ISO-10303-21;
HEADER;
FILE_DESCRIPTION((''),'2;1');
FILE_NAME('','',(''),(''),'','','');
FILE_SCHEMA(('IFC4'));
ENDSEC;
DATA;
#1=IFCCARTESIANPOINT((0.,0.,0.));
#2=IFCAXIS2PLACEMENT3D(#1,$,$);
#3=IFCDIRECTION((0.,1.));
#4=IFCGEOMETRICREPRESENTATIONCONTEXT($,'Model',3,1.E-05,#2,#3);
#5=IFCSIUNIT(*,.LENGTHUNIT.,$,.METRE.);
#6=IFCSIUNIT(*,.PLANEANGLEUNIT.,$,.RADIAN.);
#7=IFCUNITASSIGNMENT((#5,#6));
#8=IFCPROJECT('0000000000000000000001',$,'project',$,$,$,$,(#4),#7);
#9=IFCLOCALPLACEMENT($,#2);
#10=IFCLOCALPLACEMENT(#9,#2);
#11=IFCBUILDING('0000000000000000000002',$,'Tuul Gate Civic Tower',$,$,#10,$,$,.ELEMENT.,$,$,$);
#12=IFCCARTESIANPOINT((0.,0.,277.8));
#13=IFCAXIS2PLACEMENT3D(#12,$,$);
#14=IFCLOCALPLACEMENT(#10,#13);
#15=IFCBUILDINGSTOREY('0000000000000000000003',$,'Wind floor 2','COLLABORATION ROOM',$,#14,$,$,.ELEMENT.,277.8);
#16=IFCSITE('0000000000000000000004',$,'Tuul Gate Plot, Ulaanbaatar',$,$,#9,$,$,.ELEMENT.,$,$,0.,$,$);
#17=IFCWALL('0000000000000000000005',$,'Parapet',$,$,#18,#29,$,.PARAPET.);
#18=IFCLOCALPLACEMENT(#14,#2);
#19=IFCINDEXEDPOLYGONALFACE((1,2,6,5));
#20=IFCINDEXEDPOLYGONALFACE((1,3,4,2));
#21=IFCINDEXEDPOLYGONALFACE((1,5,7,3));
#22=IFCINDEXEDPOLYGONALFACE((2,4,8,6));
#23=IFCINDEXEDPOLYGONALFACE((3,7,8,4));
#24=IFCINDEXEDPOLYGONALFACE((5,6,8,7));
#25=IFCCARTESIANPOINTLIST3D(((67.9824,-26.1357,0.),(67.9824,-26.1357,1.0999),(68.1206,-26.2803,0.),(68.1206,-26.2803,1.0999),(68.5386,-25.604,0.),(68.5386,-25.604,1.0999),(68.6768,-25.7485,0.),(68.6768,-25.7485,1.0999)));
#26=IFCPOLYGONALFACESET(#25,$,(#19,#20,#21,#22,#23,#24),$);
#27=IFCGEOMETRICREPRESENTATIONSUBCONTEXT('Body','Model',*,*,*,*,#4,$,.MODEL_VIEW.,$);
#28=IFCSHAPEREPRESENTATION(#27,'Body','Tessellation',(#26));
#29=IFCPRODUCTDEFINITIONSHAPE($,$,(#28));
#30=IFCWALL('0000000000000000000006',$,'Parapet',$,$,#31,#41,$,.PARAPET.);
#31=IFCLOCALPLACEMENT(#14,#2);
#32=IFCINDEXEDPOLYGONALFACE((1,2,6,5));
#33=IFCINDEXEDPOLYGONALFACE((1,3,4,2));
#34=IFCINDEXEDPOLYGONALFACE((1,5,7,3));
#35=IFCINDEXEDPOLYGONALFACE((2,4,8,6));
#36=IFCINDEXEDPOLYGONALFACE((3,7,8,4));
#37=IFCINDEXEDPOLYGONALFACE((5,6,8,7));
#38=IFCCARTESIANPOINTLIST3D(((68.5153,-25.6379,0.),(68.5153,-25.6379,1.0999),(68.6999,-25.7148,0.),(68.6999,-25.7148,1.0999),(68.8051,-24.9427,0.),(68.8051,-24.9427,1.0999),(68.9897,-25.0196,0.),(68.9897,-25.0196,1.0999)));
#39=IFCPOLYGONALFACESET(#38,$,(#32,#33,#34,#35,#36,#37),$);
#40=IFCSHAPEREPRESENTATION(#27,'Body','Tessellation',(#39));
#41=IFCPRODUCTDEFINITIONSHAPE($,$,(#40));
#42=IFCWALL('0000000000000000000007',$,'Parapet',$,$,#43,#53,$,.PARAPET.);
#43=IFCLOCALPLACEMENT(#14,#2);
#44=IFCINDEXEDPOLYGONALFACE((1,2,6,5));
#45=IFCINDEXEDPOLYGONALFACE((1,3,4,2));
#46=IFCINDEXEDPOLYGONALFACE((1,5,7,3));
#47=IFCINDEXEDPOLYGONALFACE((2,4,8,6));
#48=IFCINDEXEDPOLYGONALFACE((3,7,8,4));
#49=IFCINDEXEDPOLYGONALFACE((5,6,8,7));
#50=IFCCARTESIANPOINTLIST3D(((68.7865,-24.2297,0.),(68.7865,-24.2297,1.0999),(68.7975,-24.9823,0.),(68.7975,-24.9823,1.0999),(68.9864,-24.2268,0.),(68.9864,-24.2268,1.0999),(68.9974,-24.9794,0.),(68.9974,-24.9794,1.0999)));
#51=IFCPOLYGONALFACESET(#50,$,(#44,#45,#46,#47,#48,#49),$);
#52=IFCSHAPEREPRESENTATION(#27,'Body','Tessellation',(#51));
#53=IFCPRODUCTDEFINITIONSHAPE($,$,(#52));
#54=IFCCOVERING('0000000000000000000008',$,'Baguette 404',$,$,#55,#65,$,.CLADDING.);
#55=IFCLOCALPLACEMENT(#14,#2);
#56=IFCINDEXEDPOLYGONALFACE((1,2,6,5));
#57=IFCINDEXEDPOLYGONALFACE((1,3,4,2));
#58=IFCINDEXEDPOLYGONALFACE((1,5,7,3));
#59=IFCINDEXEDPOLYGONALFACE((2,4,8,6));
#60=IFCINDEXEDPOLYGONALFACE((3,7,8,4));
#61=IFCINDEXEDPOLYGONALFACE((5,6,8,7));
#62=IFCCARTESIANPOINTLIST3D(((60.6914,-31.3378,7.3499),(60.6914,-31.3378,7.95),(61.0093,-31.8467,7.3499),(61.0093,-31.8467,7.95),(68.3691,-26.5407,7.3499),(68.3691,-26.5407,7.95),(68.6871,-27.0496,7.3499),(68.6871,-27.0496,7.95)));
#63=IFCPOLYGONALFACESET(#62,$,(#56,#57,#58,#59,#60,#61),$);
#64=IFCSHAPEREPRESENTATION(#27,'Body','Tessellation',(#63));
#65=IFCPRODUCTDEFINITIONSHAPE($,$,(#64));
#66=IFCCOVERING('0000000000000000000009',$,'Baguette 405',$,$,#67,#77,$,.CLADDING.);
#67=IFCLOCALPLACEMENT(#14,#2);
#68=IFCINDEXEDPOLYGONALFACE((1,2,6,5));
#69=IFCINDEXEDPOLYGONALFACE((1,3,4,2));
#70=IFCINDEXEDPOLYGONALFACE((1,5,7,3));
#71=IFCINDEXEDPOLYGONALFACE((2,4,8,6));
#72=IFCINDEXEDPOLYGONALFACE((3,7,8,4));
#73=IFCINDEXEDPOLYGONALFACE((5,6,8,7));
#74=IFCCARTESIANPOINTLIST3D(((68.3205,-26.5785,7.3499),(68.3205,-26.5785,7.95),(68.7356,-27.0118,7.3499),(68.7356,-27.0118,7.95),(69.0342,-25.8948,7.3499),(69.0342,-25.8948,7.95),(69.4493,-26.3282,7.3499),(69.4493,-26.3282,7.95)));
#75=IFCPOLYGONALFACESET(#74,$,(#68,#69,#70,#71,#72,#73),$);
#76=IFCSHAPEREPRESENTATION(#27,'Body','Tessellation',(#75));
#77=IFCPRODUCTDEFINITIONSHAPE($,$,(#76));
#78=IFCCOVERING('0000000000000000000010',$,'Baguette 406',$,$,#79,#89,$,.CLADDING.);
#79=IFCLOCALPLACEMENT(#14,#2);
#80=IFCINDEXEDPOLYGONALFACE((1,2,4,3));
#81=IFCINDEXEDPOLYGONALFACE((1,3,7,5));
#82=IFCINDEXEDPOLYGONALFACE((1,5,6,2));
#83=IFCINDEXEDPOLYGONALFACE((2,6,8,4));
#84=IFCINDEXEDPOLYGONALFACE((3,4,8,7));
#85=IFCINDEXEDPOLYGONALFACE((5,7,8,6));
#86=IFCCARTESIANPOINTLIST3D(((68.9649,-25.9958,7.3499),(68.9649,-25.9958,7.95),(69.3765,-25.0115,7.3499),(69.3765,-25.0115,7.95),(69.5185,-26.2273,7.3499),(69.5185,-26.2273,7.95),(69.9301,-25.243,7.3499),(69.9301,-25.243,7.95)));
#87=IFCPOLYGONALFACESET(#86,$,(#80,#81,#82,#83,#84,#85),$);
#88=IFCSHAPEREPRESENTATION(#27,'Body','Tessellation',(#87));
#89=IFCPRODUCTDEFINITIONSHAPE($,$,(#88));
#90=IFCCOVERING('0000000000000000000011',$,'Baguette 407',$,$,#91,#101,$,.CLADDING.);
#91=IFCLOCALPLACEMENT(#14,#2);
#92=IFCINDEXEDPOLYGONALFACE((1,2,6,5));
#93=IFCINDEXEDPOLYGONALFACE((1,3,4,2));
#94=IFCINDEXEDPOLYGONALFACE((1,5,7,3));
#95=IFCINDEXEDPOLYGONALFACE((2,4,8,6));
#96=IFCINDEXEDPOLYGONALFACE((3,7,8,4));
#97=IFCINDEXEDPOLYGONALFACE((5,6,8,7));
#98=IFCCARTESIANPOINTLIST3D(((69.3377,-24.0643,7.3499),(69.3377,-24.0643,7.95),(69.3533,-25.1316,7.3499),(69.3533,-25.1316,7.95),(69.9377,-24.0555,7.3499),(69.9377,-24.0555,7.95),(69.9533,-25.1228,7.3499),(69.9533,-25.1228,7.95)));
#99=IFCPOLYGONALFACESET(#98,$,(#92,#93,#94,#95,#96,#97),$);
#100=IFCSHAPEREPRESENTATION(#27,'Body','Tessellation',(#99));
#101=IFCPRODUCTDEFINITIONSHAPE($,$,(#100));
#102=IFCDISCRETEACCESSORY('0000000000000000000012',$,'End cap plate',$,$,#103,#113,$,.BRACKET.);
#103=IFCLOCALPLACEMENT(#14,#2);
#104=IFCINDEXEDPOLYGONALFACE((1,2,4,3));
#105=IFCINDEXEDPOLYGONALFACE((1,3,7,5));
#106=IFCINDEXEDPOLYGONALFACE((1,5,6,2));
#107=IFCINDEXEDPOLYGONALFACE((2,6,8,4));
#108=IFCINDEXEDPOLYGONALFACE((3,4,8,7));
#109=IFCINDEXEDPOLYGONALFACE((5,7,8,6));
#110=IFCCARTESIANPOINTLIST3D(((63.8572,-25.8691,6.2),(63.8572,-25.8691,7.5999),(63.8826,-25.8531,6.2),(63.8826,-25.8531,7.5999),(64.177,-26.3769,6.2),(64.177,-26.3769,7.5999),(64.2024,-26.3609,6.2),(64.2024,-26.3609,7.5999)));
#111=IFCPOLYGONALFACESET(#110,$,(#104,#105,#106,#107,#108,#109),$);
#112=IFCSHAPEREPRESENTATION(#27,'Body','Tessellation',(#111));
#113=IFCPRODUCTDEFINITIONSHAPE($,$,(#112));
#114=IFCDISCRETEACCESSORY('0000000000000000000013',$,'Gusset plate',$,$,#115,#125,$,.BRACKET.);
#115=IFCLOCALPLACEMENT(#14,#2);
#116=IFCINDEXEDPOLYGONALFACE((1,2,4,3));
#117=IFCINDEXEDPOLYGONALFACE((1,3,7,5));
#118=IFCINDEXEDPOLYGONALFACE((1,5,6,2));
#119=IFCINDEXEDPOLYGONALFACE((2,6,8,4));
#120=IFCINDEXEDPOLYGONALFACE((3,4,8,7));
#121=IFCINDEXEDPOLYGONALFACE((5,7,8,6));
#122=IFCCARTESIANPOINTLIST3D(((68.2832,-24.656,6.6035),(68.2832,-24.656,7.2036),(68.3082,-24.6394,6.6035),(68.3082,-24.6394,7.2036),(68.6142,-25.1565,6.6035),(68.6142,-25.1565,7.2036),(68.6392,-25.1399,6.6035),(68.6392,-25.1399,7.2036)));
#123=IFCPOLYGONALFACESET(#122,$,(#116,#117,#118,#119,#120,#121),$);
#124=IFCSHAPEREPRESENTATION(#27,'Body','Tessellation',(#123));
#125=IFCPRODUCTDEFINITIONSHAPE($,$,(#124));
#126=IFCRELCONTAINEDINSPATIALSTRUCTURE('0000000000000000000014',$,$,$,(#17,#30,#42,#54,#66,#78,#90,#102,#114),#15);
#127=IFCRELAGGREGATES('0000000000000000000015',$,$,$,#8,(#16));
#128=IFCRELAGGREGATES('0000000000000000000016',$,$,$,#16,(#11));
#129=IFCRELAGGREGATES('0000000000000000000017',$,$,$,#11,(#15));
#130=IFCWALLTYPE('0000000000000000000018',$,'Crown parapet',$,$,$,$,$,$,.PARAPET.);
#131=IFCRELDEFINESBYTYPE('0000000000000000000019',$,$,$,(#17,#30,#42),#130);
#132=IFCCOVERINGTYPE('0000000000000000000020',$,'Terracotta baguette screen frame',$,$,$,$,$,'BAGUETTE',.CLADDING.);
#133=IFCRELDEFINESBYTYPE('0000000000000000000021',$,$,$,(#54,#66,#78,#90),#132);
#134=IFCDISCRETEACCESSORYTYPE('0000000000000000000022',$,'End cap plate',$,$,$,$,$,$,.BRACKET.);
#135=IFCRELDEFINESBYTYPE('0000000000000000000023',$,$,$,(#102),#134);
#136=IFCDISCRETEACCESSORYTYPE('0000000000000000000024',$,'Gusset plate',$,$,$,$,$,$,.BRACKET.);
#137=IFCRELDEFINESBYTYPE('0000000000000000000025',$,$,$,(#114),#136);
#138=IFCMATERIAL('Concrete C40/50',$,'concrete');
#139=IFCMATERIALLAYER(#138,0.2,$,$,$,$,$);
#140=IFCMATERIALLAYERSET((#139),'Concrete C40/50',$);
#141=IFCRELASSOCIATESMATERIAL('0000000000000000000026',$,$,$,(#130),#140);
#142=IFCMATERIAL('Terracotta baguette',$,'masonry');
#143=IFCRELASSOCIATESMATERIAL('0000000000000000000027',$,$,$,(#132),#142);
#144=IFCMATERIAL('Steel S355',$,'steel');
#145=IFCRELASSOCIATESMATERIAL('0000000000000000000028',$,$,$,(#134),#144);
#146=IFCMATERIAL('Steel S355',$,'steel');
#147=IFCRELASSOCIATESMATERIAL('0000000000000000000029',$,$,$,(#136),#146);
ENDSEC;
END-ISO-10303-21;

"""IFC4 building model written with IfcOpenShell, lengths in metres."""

from ifc_helpers import new_model, si_unit, direction, frame, frame_2d, origin, origin_2d, place, context, subcontext, project, spatial, rectangle, extrude, material, layer, layer_set, material_profile, profile_set, type_object, element, save


model = new_model("IFC4")

# Units and contexts
model_context = context("Model", 3, precision=1e-05, world=origin(), true_north=direction((0.0, 1.0)))
body_context = subcontext(model_context, "Body", "Model", "MODEL_VIEW")
ifc_project = project(units=[si_unit("LENGTHUNIT", "METRE"), si_unit("PLANEANGLEUNIT", "RADIAN")], contexts=[model_context])

# Site, building, storey
site_placement = place(None, origin())
site = spatial("IfcSite", under=ifc_project, at=site_placement, Name="Tuul Gate Plot, Ulaanbaatar", CompositionType="ELEMENT", RefElevation=0.0)
building_placement = place(site_placement, origin())
building = spatial("IfcBuilding", under=site, at=building_placement, Name="Tuul Gate Civic Tower", CompositionType="ELEMENT")
storey_placement = place(building_placement, frame((0.0, 0.0, 277.8)))
storey = spatial("IfcBuildingStorey", under=building, at=storey_placement, Name="Wind floor 2", Description="COLLABORATION ROOM", CompositionType="ELEMENT", Elevation=277.8)

# Walls
ifc_material_1 = material(Name="Concrete C40/50", Category="concrete")
ifc_layer = layer(ifc_material_1, 0.2)
ifc_layer_set = layer_set([ifc_layer], Name="Concrete C40/50")
wall_type = type_object("IfcWallType", Name="Crown parapet", PredefinedType="PARAPET", material=ifc_layer_set)
wall_1_placement = place(storey_placement, frame((68.0515, -26.208, 0.0), z_axis=(0.0, 0.0, 1.0), x_axis=(0.722793, 0.691064, 0.0)))
element("IfcWall", 1, at=wall_1_placement, inside=storey, type_object=wall_type, Name="Parapet", PredefinedType="PARAPET", context=body_context, shape_type="SweptSolid", body=[
    extrude(rectangle(XDim=0.7695, YDim=0.2, at=frame_2d((0.3848, 0.0))), origin(), (0.0, 0.0, 1.0), 1.0999),
])
wall_2_placement = place(storey_placement, frame((68.6077, -25.6763, 0.0), z_axis=(0.0, 0.0, 1.0), x_axis=(0.384707, 0.923039, 0.0)))
element("IfcWall", 2, at=wall_2_placement, inside=storey, type_object=wall_type, Name="Parapet", PredefinedType="PARAPET", context=body_context, shape_type="SweptSolid", body=[
    extrude(rectangle(XDim=0.7532, YDim=0.2, at=frame_2d((0.3765, 0.0))), origin(), (0.0, 0.0, 1.0), 1.0999),
])
wall_3_placement = place(storey_placement, frame((68.8975, -24.981, 0.0), z_axis=(0.0, 0.0, 1.0), x_axis=(-0.014595, 0.999893, 0.0)))
element("IfcWall", 3, at=wall_3_placement, inside=storey, type_object=wall_type, Name="Parapet", PredefinedType="PARAPET", context=body_context, shape_type="SweptSolid", body=[
    extrude(rectangle(XDim=0.7527, YDim=0.2, at=frame_2d((0.3765, 0.0))), origin(), (0.0, 0.0, 1.0), 1.0999),
])

# Coverings
ifc_material_2 = material(Name="Terracotta baguette", Category="masonry")
ifc_material_profile_1 = material_profile(ifc_material_2, rectangle(XDim=0.6001, YDim=0.6001, at=origin_2d()), Name="Terracotta baguette screen frame")
ifc_profile_set_1 = profile_set([ifc_material_profile_1], Name="Terracotta baguette")
covering_type = type_object("IfcCoveringType", Name="Terracotta baguette screen frame", ElementType="BAGUETTE", PredefinedType="CLADDING", material=ifc_profile_set_1)
covering_1_placement = place(storey_placement, frame((60.8503, -31.5923, 7.6499), z_axis=(0.848071, 0.529883, 0.0), x_axis=(-0.529883, 0.848071, 0.0)))
element("IfcCovering", 4, at=covering_1_placement, inside=storey, type_object=covering_type, Name="Baguette 404", PredefinedType="CLADDING", context=body_context, shape_type="SweptSolid", body=[
    extrude(rectangle(XDim=0.6001, YDim=0.6001, at=origin_2d()), origin(), (0.0, 0.0, 1.0), 9.0532),
])
covering_2_placement = place(storey_placement, frame((68.5281, -26.7952, 7.6499), z_axis=(0.722137, 0.69175, 0.0), x_axis=(-0.69175, 0.722137, 0.0)))
element("IfcCovering", 5, at=covering_2_placement, inside=storey, type_object=covering_type, Name="Baguette 405", PredefinedType="CLADDING", context=body_context, shape_type="SweptSolid", body=[
    extrude(rectangle(XDim=0.6001, YDim=0.6001, at=origin_2d()), origin(), (0.0, 0.0, 1.0), 0.9883),
])
covering_3_placement = place(storey_placement, frame((69.2417, -26.1116, 7.6499), z_axis=(0.385785, 0.922589, 0.0), x_axis=(-0.922589, 0.385785, 0.0)))
element("IfcCovering", 6, at=covering_3_placement, inside=storey, type_object=covering_type, Name="Baguette 406", PredefinedType="CLADDING", context=body_context, shape_type="SweptSolid", body=[
    extrude(rectangle(XDim=0.6001, YDim=0.6001, at=origin_2d()), origin(), (0.0, 0.0, 1.0), 1.0669),
])
covering_4_placement = place(storey_placement, frame((69.6533, -25.1272, 7.6499), z_axis=(-0.014637, 0.999893, 0.0), x_axis=(-0.999893, -0.014637, 0.0)))
element("IfcCovering", 7, at=covering_4_placement, inside=storey, type_object=covering_type, Name="Baguette 407", PredefinedType="CLADDING", context=body_context, shape_type="SweptSolid", body=[
    extrude(rectangle(XDim=0.6001, YDim=0.6001, at=origin_2d()), origin(), (0.0, 0.0, 1.0), 1.0674),
])

# Discrete accessories
ifc_material_3 = material(Name="Steel S355", Category="steel")
discrete_accessory_type_1 = type_object("IfcDiscreteAccessoryType", Name="End cap plate", PredefinedType="BRACKET", material=ifc_material_3)
discrete_accessory_1_placement = place(storey_placement, frame((64.0298, -26.115, 6.2), z_axis=(0.0, 0.0, 1.0), x_axis=(0.846187, 0.532886, 0.0)))
element("IfcDiscreteAccessory", 8, at=discrete_accessory_1_placement, inside=storey, type_object=discrete_accessory_type_1, Name="End cap plate", PredefinedType="BRACKET", context=body_context, shape_type="SweptSolid", body=[
    extrude(rectangle(XDim=0.03, YDim=0.6001, at=origin_2d()), origin(), (0.0, 0.0, 1.0), 1.3999),
])
ifc_material_4 = material(Name="Steel S355", Category="steel")
discrete_accessory_type_2 = type_object("IfcDiscreteAccessoryType", Name="Gusset plate", PredefinedType="BRACKET", material=ifc_material_4)
discrete_accessory_2_placement = place(storey_placement, frame((68.4612, -24.8979, 6.6035), z_axis=(0.0, 0.0, 1.0), x_axis=(-0.551598, 0.83411, 0.0)))
element("IfcDiscreteAccessory", 9, at=discrete_accessory_2_placement, inside=storey, type_object=discrete_accessory_type_2, Name="Gusset plate", PredefinedType="BRACKET", context=body_context, shape_type="SweptSolid", body=[
    extrude(rectangle(XDim=0.6001, YDim=0.03, at=origin_2d()), origin(), (0.0, 0.0, 1.0), 0.6001),
])

save(model, "model.ifc")
